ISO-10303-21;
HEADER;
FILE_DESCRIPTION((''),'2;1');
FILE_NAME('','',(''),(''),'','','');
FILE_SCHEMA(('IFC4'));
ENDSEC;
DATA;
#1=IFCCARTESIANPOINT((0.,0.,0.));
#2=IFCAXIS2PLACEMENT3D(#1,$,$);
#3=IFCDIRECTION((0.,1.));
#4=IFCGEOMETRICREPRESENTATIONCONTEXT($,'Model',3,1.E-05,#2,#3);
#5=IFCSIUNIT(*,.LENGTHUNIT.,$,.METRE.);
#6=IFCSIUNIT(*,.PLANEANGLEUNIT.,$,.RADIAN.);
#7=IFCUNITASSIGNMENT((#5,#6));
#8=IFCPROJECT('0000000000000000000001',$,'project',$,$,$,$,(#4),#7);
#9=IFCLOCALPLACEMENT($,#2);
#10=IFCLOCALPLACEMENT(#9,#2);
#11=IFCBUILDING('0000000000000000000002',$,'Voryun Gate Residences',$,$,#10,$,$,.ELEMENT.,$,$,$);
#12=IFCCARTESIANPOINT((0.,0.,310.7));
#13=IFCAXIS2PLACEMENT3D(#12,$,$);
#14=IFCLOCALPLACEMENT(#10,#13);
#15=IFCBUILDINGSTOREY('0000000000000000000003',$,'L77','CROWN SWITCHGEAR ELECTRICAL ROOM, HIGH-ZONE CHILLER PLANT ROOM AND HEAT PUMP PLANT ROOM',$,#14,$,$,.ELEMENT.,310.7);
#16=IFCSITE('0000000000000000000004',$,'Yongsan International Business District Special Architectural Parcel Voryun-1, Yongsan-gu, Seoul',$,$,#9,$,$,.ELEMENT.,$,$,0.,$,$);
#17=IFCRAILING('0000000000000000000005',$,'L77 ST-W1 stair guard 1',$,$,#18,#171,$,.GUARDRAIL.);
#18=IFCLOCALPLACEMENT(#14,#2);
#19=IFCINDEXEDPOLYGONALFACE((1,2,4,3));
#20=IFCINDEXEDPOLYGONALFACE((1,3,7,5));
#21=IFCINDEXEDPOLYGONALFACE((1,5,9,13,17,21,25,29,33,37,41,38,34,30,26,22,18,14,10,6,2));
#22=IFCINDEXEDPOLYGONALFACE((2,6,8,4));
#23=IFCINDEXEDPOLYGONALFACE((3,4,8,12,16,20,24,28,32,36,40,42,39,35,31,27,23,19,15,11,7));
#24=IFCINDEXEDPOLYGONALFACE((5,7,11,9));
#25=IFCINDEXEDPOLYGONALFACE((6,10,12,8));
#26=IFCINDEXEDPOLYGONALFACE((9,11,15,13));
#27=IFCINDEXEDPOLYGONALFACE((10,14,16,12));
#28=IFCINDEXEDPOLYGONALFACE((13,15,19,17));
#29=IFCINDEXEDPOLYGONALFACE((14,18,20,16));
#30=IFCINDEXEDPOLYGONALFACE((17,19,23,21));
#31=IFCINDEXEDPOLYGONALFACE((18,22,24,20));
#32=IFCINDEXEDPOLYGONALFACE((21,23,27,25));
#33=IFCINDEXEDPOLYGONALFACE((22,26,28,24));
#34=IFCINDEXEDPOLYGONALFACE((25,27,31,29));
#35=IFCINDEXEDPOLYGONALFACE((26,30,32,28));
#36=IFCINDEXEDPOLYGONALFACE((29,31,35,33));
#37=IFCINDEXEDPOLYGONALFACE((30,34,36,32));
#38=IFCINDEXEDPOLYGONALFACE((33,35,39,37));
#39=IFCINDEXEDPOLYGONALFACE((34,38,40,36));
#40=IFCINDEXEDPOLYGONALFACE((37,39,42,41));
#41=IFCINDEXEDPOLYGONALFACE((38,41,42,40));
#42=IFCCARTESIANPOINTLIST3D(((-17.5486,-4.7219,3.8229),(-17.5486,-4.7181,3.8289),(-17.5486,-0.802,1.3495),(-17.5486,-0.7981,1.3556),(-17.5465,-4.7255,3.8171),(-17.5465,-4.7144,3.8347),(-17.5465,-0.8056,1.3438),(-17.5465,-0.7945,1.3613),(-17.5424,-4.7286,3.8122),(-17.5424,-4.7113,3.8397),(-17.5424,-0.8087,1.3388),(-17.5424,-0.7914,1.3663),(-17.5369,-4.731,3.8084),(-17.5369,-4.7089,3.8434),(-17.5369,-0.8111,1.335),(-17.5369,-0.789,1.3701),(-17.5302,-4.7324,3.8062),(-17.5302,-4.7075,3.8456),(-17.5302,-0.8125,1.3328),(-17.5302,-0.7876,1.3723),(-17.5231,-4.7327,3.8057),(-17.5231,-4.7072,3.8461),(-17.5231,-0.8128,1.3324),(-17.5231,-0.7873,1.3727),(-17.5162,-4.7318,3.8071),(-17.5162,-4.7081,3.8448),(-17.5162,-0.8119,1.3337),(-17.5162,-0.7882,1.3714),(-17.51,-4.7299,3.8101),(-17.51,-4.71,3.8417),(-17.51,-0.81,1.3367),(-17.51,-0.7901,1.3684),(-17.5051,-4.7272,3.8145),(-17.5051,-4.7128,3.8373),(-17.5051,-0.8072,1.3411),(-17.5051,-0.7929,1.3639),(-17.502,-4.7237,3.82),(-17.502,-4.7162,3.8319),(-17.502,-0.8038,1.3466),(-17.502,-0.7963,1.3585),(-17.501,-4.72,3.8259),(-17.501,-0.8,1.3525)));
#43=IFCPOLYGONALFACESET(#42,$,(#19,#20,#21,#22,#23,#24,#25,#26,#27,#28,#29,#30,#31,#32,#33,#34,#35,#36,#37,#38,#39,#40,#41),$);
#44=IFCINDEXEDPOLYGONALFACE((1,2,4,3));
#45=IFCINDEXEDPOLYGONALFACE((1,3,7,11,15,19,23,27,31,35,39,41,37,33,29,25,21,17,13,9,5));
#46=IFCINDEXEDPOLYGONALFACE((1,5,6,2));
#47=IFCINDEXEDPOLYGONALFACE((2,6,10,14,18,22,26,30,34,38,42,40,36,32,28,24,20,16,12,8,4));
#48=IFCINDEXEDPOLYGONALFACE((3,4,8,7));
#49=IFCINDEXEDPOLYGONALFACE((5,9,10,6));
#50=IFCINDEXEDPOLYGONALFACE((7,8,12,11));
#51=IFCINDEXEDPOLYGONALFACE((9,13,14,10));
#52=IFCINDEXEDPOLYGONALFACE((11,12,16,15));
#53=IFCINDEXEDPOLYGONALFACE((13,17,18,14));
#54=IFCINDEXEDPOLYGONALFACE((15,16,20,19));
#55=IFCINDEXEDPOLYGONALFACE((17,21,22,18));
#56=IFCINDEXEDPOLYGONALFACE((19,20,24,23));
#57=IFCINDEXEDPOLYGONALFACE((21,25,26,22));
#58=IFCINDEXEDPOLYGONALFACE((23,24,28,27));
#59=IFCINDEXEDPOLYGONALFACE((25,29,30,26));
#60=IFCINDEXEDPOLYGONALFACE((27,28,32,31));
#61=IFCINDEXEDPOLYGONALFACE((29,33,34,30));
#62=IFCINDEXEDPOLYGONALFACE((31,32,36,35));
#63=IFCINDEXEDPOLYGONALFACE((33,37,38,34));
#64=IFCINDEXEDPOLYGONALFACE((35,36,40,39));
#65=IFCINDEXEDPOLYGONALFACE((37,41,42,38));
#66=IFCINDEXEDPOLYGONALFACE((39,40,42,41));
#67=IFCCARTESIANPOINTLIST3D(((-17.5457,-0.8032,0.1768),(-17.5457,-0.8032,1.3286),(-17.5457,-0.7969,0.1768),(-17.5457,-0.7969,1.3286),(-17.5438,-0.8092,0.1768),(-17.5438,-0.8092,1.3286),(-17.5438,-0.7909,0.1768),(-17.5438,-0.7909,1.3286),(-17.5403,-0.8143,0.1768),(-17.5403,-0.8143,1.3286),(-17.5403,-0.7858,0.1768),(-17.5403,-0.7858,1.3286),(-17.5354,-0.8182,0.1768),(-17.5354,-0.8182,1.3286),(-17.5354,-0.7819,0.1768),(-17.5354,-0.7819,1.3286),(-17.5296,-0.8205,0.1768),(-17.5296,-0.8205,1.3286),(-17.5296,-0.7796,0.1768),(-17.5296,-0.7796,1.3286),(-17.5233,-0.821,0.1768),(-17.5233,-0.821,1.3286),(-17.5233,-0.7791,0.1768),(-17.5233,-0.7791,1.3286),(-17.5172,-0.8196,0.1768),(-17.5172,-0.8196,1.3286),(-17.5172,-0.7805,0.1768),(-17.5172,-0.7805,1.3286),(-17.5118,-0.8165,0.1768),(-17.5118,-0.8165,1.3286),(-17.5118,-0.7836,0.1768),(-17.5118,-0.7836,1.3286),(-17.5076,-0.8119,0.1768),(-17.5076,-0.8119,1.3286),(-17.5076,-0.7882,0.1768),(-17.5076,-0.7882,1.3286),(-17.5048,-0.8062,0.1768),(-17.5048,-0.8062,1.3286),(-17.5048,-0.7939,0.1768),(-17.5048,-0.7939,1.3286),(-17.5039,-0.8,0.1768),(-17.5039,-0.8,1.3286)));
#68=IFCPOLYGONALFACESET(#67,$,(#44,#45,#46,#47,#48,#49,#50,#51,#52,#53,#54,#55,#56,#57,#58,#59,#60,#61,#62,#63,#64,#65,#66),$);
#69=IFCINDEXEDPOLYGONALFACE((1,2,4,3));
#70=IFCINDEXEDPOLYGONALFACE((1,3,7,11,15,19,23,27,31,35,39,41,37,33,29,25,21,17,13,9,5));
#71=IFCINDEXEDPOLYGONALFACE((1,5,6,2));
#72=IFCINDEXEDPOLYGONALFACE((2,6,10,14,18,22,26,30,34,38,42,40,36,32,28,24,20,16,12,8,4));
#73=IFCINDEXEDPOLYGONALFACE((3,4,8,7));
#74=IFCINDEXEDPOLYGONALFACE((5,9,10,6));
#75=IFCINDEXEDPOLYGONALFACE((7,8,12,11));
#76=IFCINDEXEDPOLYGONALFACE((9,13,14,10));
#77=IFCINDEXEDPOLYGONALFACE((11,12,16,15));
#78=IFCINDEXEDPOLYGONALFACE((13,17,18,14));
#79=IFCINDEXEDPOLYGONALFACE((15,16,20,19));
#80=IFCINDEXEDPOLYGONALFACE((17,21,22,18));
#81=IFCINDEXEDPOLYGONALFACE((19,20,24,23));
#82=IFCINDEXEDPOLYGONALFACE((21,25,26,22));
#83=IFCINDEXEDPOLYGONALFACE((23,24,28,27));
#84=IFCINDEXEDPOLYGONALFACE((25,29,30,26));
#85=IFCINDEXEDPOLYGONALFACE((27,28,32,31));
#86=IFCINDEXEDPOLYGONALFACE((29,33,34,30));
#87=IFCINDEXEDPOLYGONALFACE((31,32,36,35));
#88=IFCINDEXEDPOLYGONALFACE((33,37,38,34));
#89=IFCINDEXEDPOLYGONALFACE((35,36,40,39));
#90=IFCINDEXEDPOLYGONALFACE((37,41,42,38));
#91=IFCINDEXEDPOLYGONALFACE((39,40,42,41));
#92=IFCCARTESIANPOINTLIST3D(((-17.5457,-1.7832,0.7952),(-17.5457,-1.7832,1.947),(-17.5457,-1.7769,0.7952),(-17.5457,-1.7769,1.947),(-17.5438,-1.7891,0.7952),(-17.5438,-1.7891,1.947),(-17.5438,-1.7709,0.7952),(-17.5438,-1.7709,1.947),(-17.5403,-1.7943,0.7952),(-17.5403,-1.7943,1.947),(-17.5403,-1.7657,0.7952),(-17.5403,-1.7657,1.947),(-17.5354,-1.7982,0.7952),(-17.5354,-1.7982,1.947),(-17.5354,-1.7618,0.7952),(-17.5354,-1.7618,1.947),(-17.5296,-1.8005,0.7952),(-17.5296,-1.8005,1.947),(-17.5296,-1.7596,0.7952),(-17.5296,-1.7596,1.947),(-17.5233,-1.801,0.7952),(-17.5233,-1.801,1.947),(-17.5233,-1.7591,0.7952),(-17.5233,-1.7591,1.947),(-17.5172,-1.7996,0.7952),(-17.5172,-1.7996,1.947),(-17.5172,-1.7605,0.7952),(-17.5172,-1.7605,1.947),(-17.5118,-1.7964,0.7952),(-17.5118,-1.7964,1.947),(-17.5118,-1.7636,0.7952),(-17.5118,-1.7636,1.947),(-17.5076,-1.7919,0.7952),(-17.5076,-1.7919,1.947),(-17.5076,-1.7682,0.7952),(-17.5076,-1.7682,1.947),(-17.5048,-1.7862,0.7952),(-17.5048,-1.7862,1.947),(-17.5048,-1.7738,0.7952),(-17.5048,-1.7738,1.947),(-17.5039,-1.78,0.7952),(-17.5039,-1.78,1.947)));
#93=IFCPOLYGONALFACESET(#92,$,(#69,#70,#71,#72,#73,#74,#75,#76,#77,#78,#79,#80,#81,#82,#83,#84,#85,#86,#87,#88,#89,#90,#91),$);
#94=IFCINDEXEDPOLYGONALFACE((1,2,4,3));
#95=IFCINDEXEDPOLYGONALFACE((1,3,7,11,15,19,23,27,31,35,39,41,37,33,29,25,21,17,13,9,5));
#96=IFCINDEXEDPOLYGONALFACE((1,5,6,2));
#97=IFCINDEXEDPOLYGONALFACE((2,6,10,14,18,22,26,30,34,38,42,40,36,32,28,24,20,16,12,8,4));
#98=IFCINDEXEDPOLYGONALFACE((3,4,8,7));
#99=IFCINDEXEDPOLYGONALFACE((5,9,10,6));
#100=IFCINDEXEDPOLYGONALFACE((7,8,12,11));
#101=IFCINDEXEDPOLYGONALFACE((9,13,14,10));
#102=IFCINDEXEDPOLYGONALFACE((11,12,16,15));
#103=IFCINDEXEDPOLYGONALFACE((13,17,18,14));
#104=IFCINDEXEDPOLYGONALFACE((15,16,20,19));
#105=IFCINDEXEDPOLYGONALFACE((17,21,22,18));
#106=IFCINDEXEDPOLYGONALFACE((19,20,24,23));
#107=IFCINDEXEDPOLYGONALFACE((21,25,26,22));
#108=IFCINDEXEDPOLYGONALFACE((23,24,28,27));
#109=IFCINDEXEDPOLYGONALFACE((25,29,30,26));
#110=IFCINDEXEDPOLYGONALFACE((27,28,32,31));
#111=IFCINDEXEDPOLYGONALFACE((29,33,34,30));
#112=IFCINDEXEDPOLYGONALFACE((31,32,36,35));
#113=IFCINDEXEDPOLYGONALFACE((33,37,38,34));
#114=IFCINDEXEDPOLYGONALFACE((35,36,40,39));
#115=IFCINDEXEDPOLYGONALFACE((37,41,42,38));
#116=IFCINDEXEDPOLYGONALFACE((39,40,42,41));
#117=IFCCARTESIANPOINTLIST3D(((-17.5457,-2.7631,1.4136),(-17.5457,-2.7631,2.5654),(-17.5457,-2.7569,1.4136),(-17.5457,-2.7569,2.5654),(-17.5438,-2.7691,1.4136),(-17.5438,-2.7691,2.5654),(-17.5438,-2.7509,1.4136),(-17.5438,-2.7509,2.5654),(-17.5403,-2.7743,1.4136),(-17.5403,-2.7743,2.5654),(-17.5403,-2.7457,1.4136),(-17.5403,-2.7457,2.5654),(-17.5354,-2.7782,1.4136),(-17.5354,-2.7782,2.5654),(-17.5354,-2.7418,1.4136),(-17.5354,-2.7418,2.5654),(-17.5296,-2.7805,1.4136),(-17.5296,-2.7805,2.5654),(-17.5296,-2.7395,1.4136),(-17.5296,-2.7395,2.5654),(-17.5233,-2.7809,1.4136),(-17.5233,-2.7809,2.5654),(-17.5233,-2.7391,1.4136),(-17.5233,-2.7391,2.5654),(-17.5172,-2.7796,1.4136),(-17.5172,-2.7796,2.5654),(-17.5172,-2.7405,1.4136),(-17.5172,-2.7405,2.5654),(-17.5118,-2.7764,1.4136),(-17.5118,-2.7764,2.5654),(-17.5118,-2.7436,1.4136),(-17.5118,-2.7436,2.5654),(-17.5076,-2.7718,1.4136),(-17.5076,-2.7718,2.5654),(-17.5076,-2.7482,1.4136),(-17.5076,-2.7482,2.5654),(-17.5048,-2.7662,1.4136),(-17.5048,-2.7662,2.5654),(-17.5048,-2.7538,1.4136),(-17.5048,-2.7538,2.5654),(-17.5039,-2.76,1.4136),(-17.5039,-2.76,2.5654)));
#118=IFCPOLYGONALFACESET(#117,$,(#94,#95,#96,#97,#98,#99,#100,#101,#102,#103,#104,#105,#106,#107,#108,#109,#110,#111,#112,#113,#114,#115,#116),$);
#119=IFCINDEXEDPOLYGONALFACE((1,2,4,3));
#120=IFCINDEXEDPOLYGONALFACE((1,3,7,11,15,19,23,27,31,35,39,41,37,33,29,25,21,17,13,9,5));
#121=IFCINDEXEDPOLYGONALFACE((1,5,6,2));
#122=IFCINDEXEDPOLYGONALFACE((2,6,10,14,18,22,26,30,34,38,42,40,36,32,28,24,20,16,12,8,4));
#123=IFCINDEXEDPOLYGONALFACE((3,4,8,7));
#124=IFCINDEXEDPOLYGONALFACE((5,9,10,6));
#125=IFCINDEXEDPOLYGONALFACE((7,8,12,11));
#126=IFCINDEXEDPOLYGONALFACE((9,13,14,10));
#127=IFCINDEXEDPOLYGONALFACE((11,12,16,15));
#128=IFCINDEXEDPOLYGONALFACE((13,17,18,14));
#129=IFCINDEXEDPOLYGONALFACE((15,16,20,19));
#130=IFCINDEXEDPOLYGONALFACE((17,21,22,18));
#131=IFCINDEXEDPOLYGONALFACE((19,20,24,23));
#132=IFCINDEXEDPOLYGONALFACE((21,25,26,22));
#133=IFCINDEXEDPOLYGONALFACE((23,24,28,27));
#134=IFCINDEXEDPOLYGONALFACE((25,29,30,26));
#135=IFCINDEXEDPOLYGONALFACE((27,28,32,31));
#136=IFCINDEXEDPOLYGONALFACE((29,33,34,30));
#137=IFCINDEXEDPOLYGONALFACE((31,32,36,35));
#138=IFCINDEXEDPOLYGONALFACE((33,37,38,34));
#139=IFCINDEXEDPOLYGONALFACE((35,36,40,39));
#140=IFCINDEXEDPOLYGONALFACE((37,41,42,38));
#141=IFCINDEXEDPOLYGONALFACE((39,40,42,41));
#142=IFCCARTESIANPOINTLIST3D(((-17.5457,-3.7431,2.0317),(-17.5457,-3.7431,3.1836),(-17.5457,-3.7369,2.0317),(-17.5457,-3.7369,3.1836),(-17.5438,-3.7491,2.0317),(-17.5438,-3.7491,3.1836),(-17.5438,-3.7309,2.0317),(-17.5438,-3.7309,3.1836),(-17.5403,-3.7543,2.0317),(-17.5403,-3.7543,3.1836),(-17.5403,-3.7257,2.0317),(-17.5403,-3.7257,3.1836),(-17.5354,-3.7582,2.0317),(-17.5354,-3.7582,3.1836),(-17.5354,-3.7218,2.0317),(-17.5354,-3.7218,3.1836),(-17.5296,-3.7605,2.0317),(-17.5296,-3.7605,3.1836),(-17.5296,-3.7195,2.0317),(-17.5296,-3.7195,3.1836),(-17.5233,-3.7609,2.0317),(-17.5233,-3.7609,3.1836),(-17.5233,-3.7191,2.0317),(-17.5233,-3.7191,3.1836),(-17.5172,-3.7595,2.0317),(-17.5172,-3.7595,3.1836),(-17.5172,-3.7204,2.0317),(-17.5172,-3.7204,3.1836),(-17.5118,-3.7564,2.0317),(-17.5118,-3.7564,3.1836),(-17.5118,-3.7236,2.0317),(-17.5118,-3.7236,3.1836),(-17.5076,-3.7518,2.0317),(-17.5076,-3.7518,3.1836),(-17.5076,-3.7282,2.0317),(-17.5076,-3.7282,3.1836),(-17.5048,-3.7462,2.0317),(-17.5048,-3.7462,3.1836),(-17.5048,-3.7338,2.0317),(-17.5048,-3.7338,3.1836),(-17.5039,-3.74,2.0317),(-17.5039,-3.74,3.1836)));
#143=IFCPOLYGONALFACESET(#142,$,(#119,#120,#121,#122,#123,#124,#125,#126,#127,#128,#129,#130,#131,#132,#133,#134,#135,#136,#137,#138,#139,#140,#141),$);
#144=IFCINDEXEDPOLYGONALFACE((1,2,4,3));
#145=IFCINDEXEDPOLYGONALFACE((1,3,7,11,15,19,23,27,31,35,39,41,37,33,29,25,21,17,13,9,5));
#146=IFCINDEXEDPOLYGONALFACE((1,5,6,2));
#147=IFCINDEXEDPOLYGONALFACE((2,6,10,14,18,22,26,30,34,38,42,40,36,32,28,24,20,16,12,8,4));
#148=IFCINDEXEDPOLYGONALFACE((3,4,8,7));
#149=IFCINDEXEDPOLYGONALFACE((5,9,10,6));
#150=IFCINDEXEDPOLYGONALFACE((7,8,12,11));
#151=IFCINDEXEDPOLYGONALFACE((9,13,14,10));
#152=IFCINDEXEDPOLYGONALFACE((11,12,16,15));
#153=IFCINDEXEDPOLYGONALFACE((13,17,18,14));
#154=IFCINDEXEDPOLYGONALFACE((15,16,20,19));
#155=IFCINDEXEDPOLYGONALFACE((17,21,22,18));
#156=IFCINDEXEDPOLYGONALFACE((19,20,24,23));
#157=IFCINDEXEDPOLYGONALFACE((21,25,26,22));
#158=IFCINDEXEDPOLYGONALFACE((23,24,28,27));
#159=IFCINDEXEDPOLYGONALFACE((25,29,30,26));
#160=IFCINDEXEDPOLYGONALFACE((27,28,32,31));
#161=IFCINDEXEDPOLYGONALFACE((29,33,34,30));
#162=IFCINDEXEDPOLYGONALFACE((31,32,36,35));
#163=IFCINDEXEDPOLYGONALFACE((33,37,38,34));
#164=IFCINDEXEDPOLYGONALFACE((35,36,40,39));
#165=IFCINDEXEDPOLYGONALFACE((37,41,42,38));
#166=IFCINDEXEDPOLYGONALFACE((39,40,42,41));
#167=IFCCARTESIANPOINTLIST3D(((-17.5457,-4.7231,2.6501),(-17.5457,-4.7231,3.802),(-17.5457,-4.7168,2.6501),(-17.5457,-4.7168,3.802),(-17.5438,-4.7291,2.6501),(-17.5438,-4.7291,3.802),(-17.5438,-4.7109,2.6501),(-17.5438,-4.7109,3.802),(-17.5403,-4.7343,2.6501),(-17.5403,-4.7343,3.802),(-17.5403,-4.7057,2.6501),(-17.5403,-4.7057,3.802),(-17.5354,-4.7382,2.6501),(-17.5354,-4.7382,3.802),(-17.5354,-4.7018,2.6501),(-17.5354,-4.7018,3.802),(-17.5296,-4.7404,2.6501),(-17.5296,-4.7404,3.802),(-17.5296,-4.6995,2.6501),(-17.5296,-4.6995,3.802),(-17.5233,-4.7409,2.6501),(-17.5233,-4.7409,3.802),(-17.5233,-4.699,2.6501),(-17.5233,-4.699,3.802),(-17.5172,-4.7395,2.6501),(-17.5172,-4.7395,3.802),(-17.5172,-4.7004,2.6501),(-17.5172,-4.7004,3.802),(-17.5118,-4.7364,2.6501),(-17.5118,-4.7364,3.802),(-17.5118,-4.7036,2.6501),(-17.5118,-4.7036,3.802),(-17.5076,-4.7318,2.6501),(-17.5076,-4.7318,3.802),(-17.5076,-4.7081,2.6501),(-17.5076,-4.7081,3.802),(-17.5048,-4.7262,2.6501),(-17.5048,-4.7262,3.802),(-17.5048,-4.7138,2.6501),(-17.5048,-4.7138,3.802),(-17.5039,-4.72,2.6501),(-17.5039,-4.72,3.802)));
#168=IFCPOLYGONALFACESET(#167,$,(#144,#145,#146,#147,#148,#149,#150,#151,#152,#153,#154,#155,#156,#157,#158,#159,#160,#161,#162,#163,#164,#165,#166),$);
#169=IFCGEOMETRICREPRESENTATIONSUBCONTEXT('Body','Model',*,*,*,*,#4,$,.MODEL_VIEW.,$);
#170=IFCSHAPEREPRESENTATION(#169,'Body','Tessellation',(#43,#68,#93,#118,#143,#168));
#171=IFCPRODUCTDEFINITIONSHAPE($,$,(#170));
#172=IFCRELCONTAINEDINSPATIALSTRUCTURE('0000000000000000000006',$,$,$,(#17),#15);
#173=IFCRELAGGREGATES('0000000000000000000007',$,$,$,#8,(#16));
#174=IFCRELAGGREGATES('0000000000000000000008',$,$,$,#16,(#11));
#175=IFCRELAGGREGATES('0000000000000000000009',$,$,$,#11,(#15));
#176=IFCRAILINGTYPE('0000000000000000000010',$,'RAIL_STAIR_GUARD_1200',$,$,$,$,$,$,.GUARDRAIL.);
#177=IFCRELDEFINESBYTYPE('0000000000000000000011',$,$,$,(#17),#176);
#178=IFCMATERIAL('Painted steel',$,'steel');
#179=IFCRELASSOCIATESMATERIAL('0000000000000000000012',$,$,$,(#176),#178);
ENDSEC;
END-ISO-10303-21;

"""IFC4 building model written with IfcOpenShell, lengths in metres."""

from ifc_helpers import new_model, si_unit, direction, frame, origin, origin_2d, place, context, subcontext, project, spatial, circle, extrude, material, type_object, element, save


model = new_model("IFC4")

# Units and contexts
model_context = context("Model", 3, precision=1e-05, world=origin(), true_north=direction((0.0, 1.0)))
body_context = subcontext(model_context, "Body", "Model", "MODEL_VIEW")
ifc_project = project(units=[si_unit("LENGTHUNIT", "METRE"), si_unit("PLANEANGLEUNIT", "RADIAN")], contexts=[model_context])

# Site, building, storey
site_placement = place(None, origin())
site = spatial("IfcSite", under=ifc_project, at=site_placement, Name="Yongsan International Business District Special Architectural Parcel Voryun-1, Yongsan-gu, Seoul", CompositionType="ELEMENT", RefElevation=0.0)
building_placement = place(site_placement, origin())
building = spatial("IfcBuilding", under=site, at=building_placement, Name="Voryun Gate Residences", CompositionType="ELEMENT")
storey_placement = place(building_placement, frame((0.0, 0.0, 310.7)))
storey = spatial("IfcBuildingStorey", under=building, at=storey_placement, Name="L77", Description="CROWN SWITCHGEAR ELECTRICAL ROOM, HIGH-ZONE CHILLER PLANT ROOM AND HEAT PUMP PLANT ROOM", CompositionType="ELEMENT", Elevation=310.7)

# Railing
ifc_material_1 = material(Name="Painted steel", Category="steel")
railing_type_1 = type_object("IfcRailingType", Name="RAIL_STAIR_GUARD_1200", PredefinedType="GUARDRAIL", material=ifc_material_1)
railing_1_placement = place(storey_placement, frame((-17.5249, -0.8, 0.1768)))
element("IfcRailing", 1, at=railing_1_placement, inside=storey, type_object=railing_type_1, Name="L77 ST-W1 stair guard 1", PredefinedType="GUARDRAIL", context=body_context, shape_type="SweptSolid", body=[
    extrude(circle(Radius=0.0239, at=origin_2d()), frame((0.0, 0.0, 1.1758), z_axis=(0.0, -0.845718, 0.53363), x_axis=(1.0, 0.0, 0.0)), (0.0, 0.0, 1.0), 4.635),
    extrude(circle(Radius=0.021, at=origin_2d()), origin(), (0.0, 0.0, 1.0), 1.1519),
    extrude(circle(Radius=0.021, at=origin_2d()), frame((0.0, -0.98, 0.6184)), (0.0, 0.0, 1.0), 1.1519),
    extrude(circle(Radius=0.021, at=origin_2d()), frame((0.0, -1.96, 1.2368)), (0.0, 0.0, 1.0), 1.1519),
    extrude(circle(Radius=0.021, at=origin_2d()), frame((0.0, -2.9399, 1.855)), (0.0, 0.0, 1.0), 1.1519),
    extrude(circle(Radius=0.021, at=origin_2d()), frame((0.0, -3.9199, 2.4734)), (0.0, 0.0, 1.0), 1.1519),
])

save(model, "model.ifc")
